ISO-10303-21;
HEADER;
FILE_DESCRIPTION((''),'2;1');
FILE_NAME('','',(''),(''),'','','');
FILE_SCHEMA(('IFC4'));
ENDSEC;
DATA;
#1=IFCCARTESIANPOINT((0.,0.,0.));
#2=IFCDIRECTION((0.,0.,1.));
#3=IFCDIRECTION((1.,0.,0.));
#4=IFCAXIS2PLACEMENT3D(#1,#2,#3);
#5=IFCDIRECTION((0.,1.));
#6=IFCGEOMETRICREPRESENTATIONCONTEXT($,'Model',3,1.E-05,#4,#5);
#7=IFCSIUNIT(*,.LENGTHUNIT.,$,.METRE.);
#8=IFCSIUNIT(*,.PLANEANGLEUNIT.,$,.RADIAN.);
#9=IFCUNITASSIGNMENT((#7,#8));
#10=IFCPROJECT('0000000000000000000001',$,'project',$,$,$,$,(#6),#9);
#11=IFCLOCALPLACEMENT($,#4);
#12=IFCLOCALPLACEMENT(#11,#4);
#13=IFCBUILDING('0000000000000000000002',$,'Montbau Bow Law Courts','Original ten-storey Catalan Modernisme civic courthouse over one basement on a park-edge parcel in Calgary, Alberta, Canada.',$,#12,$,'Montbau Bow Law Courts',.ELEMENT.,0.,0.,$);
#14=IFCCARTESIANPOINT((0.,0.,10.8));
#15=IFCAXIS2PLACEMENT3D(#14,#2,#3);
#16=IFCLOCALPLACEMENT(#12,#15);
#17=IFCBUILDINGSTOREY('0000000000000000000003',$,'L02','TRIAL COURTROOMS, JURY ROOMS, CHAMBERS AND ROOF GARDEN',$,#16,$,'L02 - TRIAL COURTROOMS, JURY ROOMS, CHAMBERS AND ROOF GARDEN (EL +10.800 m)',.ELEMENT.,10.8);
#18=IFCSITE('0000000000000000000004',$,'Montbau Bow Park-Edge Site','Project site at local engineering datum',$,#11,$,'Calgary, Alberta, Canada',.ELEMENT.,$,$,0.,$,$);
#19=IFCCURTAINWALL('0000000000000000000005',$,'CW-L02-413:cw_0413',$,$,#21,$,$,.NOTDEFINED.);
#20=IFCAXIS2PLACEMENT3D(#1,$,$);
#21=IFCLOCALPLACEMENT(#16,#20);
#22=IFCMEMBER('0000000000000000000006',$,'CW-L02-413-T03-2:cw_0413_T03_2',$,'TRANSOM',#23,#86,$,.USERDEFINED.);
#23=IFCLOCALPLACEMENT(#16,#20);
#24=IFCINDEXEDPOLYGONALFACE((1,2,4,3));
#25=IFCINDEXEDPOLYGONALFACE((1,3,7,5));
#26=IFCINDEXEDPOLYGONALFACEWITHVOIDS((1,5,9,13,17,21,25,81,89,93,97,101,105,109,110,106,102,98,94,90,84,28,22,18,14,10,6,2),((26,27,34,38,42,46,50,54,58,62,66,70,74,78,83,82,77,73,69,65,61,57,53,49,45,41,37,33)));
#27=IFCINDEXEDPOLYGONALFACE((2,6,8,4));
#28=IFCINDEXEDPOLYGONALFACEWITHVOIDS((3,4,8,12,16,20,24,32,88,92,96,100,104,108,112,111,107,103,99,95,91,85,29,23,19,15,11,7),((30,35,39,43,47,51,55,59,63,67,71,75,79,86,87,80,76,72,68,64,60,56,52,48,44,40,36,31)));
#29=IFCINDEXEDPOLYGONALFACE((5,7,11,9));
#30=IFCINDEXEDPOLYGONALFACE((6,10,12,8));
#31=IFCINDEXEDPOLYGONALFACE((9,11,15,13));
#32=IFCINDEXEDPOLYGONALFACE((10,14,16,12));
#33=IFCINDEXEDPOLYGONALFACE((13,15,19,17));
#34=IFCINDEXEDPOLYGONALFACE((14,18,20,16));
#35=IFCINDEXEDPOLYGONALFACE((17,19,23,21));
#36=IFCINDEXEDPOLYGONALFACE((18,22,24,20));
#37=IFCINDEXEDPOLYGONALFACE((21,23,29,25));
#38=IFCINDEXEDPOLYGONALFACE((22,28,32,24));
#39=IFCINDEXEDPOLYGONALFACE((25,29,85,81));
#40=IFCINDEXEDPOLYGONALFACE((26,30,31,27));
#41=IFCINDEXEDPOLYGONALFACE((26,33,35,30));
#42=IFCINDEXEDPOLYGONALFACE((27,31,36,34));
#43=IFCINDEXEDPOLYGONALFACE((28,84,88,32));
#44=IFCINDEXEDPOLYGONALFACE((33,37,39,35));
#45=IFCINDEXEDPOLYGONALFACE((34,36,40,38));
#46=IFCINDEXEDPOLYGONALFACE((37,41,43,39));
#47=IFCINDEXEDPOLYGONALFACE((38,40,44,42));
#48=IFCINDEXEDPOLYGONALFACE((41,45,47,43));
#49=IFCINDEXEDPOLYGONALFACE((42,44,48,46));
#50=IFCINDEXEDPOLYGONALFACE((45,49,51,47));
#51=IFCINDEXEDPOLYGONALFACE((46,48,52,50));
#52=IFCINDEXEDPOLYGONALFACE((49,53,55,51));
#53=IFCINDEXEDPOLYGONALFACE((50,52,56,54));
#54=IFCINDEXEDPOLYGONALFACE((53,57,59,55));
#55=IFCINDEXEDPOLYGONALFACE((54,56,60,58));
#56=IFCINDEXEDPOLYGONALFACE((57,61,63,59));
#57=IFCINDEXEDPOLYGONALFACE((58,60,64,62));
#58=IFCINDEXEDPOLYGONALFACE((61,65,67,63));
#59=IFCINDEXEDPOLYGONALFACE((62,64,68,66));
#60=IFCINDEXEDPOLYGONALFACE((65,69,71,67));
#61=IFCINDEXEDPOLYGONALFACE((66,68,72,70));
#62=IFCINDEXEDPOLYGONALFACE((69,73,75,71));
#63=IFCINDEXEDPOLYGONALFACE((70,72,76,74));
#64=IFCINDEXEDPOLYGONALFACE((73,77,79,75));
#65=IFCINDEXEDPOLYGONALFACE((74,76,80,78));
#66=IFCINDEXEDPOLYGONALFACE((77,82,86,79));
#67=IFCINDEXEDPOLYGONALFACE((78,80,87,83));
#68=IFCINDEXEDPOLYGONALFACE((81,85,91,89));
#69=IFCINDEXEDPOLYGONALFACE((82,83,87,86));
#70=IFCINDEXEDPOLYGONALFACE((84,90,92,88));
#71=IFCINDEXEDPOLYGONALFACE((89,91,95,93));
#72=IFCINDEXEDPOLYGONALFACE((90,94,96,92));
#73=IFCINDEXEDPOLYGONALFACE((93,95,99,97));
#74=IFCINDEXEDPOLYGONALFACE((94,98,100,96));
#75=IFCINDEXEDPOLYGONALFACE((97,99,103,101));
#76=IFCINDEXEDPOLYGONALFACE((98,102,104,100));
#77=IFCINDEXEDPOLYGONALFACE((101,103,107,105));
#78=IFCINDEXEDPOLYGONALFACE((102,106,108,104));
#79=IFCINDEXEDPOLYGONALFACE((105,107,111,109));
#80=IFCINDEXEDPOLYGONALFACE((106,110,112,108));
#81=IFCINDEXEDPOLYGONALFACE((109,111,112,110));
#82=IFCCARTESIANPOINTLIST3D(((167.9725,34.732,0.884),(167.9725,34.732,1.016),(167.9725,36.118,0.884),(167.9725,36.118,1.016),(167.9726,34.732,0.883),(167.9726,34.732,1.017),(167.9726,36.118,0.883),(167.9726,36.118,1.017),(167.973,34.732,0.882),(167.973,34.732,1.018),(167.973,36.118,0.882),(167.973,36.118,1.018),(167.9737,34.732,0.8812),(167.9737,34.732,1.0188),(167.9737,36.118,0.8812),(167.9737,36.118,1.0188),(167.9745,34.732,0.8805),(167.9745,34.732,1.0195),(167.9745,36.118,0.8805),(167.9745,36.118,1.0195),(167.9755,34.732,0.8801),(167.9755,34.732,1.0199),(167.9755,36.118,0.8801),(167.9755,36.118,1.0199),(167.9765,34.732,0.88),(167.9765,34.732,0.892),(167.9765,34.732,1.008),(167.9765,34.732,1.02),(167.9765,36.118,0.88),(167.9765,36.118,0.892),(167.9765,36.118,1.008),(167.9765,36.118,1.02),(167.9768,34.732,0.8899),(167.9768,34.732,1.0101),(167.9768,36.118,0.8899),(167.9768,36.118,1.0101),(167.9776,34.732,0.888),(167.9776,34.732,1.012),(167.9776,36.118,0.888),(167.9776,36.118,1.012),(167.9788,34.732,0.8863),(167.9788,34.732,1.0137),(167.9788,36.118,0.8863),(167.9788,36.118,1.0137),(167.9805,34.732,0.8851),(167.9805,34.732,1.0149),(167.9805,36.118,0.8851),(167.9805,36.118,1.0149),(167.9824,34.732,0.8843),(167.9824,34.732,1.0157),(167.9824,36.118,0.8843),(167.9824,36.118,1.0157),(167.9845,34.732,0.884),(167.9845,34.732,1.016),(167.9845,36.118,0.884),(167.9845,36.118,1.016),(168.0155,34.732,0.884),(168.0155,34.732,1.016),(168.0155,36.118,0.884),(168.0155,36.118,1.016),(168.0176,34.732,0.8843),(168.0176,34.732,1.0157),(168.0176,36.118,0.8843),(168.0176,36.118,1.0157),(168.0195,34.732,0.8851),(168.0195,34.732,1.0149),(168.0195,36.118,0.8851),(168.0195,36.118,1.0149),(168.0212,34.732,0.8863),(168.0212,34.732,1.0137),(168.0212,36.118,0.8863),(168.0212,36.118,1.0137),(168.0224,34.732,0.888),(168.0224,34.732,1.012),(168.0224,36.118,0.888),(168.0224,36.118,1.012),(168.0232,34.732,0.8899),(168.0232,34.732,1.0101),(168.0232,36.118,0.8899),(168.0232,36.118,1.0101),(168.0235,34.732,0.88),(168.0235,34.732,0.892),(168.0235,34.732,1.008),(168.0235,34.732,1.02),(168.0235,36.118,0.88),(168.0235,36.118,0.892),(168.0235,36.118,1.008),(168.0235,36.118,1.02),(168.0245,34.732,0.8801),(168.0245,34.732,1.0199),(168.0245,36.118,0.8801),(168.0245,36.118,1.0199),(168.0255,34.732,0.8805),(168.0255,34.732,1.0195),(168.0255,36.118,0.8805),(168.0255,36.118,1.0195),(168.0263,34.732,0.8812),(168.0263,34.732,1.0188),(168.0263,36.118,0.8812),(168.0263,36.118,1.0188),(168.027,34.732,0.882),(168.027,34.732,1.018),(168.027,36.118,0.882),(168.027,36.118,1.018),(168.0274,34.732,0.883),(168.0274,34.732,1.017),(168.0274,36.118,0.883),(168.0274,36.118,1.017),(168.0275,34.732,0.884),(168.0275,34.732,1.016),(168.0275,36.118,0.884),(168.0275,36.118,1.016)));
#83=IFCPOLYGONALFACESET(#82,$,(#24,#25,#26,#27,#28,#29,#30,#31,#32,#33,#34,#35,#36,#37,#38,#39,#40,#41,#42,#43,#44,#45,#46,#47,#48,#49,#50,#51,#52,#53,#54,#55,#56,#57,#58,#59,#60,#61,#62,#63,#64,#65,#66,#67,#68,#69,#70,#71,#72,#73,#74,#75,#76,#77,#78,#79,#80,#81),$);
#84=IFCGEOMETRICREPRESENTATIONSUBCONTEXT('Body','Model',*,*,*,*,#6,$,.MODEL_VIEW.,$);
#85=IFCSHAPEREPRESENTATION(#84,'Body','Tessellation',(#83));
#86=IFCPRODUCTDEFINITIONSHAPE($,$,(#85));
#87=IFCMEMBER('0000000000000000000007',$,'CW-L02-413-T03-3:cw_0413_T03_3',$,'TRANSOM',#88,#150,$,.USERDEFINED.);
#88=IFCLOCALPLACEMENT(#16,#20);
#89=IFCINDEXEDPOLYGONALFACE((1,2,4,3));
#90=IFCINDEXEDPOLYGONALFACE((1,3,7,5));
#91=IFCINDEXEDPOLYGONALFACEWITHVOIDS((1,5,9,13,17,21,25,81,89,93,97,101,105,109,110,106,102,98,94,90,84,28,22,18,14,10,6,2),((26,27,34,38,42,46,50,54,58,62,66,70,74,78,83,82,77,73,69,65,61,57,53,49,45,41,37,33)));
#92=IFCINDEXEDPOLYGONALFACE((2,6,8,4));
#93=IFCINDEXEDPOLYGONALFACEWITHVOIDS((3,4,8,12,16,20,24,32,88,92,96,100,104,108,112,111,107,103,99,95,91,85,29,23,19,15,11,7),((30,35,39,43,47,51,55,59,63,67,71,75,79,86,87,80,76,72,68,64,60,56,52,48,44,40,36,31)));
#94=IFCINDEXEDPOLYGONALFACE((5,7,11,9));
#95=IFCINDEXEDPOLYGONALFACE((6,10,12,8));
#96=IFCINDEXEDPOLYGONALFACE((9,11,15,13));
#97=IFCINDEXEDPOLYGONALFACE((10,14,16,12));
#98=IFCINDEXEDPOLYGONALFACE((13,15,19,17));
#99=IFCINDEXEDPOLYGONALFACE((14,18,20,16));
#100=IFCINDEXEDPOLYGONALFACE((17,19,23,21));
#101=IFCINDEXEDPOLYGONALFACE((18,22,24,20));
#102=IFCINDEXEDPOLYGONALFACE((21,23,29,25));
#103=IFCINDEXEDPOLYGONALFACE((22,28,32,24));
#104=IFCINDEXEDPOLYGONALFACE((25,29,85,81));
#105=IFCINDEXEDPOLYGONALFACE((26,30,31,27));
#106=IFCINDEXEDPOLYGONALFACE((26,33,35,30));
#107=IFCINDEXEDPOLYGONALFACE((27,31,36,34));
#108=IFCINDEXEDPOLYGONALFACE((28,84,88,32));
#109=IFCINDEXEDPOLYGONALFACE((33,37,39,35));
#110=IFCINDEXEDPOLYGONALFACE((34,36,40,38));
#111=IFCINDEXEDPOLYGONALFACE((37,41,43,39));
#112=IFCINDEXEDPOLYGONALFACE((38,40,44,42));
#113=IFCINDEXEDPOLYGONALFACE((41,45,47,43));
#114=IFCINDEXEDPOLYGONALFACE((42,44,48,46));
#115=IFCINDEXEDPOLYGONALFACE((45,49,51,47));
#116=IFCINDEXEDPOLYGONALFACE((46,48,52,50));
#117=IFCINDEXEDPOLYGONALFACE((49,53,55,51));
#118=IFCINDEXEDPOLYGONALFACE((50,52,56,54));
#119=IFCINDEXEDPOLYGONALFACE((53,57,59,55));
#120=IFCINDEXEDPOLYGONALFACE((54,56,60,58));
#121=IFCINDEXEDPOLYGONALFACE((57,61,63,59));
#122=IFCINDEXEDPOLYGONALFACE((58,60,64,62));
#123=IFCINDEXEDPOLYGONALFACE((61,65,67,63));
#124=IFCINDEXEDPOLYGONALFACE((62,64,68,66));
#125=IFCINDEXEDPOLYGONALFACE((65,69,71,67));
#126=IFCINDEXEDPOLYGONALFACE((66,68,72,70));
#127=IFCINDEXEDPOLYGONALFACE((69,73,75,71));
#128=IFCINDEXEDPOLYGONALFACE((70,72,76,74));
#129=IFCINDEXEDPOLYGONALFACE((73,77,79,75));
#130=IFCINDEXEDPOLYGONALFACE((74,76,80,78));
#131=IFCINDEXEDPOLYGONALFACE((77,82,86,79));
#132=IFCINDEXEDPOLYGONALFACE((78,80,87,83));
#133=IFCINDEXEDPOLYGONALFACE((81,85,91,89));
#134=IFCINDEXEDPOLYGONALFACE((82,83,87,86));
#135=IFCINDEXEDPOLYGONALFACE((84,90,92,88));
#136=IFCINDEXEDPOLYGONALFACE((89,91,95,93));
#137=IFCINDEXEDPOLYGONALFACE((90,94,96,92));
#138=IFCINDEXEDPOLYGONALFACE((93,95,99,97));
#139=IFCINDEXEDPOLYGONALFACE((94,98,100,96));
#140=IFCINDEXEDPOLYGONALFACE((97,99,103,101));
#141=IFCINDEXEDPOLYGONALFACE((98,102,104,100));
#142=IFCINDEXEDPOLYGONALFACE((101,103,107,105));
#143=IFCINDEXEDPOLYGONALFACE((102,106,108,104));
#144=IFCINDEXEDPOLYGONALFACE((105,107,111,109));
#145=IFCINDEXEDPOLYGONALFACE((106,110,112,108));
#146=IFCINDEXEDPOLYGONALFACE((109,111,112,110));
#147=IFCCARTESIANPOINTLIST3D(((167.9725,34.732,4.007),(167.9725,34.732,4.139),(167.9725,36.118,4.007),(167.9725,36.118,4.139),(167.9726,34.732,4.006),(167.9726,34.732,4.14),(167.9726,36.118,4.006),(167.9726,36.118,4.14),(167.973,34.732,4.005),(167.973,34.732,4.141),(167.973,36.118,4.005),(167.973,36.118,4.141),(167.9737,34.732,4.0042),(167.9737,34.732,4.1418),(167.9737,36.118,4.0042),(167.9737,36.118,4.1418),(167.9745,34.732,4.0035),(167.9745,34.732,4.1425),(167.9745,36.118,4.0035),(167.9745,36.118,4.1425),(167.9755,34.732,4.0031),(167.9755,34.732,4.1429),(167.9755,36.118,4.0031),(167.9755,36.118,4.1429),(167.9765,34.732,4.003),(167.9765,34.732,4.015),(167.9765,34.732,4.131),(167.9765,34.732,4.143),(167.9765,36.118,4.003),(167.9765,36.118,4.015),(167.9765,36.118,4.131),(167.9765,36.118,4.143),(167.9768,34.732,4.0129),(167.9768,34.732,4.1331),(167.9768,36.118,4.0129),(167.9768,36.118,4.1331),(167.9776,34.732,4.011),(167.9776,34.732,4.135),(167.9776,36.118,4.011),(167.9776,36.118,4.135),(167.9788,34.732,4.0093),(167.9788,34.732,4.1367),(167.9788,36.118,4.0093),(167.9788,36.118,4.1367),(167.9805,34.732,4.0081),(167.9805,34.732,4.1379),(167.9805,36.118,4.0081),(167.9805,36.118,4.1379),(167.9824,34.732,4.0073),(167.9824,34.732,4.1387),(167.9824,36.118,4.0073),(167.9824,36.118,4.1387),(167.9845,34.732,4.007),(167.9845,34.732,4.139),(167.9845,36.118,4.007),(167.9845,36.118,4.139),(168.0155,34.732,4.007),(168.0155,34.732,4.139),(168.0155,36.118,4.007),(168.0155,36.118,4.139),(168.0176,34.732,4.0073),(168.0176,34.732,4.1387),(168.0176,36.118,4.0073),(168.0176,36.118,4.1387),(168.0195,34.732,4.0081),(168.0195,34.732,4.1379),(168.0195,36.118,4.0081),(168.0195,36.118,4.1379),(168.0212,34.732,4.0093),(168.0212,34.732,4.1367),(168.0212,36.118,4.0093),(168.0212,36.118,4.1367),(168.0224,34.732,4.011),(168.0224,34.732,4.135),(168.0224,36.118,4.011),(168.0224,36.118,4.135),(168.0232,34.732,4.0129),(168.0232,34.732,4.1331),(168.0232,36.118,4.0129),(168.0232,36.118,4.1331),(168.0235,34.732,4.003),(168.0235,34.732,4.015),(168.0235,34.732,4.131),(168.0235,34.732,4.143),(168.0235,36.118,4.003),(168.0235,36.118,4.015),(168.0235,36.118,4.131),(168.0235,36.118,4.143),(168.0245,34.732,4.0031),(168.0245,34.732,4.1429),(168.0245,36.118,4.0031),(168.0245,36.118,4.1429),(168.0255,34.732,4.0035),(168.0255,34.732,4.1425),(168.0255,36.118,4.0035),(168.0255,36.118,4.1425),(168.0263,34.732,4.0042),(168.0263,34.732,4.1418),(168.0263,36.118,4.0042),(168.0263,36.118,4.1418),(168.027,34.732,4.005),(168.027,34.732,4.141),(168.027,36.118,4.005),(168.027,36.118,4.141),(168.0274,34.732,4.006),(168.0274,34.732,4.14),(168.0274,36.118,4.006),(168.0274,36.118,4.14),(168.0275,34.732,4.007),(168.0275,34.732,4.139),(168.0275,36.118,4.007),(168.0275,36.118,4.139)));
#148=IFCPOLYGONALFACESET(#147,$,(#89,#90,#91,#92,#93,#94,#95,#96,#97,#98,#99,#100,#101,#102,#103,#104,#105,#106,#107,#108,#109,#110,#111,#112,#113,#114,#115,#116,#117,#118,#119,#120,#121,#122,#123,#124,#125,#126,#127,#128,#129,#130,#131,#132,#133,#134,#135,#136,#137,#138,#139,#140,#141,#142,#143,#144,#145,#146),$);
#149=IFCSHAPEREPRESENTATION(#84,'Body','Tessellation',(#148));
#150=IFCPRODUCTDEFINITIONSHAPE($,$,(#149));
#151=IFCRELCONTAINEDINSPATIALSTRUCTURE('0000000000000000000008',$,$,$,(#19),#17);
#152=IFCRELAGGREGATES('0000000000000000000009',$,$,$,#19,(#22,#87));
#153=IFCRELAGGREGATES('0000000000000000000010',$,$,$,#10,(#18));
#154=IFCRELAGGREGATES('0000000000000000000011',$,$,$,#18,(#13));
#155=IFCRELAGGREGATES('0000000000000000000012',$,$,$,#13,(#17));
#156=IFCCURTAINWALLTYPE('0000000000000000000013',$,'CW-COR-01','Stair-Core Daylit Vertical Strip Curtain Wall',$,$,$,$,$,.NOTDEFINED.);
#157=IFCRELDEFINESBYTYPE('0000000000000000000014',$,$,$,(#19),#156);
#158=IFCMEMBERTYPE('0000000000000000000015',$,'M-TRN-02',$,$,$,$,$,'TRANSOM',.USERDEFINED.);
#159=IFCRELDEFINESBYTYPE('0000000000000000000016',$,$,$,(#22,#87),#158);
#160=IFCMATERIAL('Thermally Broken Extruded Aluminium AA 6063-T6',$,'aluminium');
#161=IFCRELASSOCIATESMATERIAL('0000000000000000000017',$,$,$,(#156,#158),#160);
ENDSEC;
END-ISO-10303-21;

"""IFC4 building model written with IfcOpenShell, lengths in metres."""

from ifc_helpers import new_model, si_unit, direction, frame, origin_with_axes, origin_2d_with_axis, place, context, subcontext, project, spatial, hollow_rectangle, extrude, material, material_profile, profile_set, type_object, element, aggregate, save


model = new_model("IFC4")

# Units and contexts
model_context = context("Model", 3, precision=1e-05, world=origin_with_axes(), true_north=direction((0.0, 1.0)))
body_context = subcontext(model_context, "Body", "Model", "MODEL_VIEW")
ifc_project = project(units=[si_unit("LENGTHUNIT", "METRE"), si_unit("PLANEANGLEUNIT", "RADIAN")], contexts=[model_context])

# Site, building, storey
site_placement = place(None, origin_with_axes())
site = spatial("IfcSite", under=ifc_project, at=site_placement, Name="Montbau Bow Park-Edge Site", Description="Project site at local engineering datum", LongName="Calgary, Alberta, Canada", CompositionType="ELEMENT", RefElevation=0.0)
building_placement = place(site_placement, origin_with_axes())
building = spatial("IfcBuilding", under=site, at=building_placement, Name="Montbau Bow Law Courts", Description="Original ten-storey Catalan Modernisme civic courthouse over one basement on a park-edge parcel in Calgary, Alberta, Canada.", LongName="Montbau Bow Law Courts", CompositionType="ELEMENT", ElevationOfRefHeight=0.0, ElevationOfTerrain=0.0)
storey_placement = place(building_placement, frame((0.0, 0.0, 10.8), z_axis=(0.0, 0.0, 1.0), x_axis=(1.0, 0.0, 0.0)))
storey = spatial("IfcBuildingStorey", under=building, at=storey_placement, Name="L02", Description="TRIAL COURTROOMS, JURY ROOMS, CHAMBERS AND ROOF GARDEN", LongName="L02 - TRIAL COURTROOMS, JURY ROOMS, CHAMBERS AND ROOF GARDEN (EL +10.800 m)", CompositionType="ELEMENT", Elevation=10.8)

# Curtain wall, members
ifc_material_1 = material(Name="Thermally Broken Extruded Aluminium AA 6063-T6", Category="aluminium")
curtain_wall_type = type_object("IfcCurtainWallType", Name="CW-COR-01", Description="Stair-Core Daylit Vertical Strip Curtain Wall", PredefinedType="NOTDEFINED", material=ifc_material_1)
curtain_wall_placement = place(None, frame((168.0, 31.8, 10.8), z_axis=(0.0, 0.0, 1.0), x_axis=(1.0, 0.0, 0.0)))
curtain_wall = element("IfcCurtainWall", 1, at=curtain_wall_placement, inside=storey, type_object=curtain_wall_type, Name="CW-L02-413:cw_0413", PredefinedType="NOTDEFINED")
ifc_material_profile_1 = material_profile(ifc_material_1, hollow_rectangle(XDim=0.055, YDim=0.14, WallThickness=0.004, InnerFilletRadius=0.008, OuterFilletRadius=0.004, at=origin_2d_with_axis()), Name="CWT-140X55", Category="Main", Priority=0)
ifc_profile_set_1 = profile_set([ifc_material_profile_1], Name="Thermally Broken Extruded Aluminium AA 6063-T6")
member_type_1 = type_object("IfcMemberType", Name="M-TRN-02", ElementType="TRANSOM", PredefinedType="USERDEFINED", material=ifc_profile_set_1)
member_1_placement = place(None, frame((168.0, 34.732, 11.75), z_axis=(0.0, 1.0, 0.0), x_axis=(-1.0, 0.0, 0.0)))
member_1 = element("IfcMember", 2, at=member_1_placement, type_object=member_type_1, Name="CW-L02-413-T03-2:cw_0413_T03_2", ObjectType="TRANSOM", PredefinedType="USERDEFINED", context=body_context, shape_type="SweptSolid", body=[
    extrude(hollow_rectangle(XDim=0.055, YDim=0.14, WallThickness=0.004, InnerFilletRadius=0.008, OuterFilletRadius=0.004, at=origin_2d_with_axis()), origin_with_axes(), (0.0, 0.0, 1.0), 1.386),
])
member_2_placement = place(None, frame((168.0, 34.732, 14.873), z_axis=(0.0, 1.0, 0.0), x_axis=(-1.0, 0.0, 0.0)))
member_2 = element("IfcMember", 3, at=member_2_placement, type_object=member_type_1, Name="CW-L02-413-T03-3:cw_0413_T03_3", ObjectType="TRANSOM", PredefinedType="USERDEFINED", context=body_context, shape_type="SweptSolid", body=[
    extrude(hollow_rectangle(XDim=0.055, YDim=0.14, WallThickness=0.004, InnerFilletRadius=0.008, OuterFilletRadius=0.004, at=origin_2d_with_axis()), origin_with_axes(), (0.0, 0.0, 1.0), 1.386),
])
aggregate(curtain_wall, [member_1, member_2])

save(model, "model.ifc")
